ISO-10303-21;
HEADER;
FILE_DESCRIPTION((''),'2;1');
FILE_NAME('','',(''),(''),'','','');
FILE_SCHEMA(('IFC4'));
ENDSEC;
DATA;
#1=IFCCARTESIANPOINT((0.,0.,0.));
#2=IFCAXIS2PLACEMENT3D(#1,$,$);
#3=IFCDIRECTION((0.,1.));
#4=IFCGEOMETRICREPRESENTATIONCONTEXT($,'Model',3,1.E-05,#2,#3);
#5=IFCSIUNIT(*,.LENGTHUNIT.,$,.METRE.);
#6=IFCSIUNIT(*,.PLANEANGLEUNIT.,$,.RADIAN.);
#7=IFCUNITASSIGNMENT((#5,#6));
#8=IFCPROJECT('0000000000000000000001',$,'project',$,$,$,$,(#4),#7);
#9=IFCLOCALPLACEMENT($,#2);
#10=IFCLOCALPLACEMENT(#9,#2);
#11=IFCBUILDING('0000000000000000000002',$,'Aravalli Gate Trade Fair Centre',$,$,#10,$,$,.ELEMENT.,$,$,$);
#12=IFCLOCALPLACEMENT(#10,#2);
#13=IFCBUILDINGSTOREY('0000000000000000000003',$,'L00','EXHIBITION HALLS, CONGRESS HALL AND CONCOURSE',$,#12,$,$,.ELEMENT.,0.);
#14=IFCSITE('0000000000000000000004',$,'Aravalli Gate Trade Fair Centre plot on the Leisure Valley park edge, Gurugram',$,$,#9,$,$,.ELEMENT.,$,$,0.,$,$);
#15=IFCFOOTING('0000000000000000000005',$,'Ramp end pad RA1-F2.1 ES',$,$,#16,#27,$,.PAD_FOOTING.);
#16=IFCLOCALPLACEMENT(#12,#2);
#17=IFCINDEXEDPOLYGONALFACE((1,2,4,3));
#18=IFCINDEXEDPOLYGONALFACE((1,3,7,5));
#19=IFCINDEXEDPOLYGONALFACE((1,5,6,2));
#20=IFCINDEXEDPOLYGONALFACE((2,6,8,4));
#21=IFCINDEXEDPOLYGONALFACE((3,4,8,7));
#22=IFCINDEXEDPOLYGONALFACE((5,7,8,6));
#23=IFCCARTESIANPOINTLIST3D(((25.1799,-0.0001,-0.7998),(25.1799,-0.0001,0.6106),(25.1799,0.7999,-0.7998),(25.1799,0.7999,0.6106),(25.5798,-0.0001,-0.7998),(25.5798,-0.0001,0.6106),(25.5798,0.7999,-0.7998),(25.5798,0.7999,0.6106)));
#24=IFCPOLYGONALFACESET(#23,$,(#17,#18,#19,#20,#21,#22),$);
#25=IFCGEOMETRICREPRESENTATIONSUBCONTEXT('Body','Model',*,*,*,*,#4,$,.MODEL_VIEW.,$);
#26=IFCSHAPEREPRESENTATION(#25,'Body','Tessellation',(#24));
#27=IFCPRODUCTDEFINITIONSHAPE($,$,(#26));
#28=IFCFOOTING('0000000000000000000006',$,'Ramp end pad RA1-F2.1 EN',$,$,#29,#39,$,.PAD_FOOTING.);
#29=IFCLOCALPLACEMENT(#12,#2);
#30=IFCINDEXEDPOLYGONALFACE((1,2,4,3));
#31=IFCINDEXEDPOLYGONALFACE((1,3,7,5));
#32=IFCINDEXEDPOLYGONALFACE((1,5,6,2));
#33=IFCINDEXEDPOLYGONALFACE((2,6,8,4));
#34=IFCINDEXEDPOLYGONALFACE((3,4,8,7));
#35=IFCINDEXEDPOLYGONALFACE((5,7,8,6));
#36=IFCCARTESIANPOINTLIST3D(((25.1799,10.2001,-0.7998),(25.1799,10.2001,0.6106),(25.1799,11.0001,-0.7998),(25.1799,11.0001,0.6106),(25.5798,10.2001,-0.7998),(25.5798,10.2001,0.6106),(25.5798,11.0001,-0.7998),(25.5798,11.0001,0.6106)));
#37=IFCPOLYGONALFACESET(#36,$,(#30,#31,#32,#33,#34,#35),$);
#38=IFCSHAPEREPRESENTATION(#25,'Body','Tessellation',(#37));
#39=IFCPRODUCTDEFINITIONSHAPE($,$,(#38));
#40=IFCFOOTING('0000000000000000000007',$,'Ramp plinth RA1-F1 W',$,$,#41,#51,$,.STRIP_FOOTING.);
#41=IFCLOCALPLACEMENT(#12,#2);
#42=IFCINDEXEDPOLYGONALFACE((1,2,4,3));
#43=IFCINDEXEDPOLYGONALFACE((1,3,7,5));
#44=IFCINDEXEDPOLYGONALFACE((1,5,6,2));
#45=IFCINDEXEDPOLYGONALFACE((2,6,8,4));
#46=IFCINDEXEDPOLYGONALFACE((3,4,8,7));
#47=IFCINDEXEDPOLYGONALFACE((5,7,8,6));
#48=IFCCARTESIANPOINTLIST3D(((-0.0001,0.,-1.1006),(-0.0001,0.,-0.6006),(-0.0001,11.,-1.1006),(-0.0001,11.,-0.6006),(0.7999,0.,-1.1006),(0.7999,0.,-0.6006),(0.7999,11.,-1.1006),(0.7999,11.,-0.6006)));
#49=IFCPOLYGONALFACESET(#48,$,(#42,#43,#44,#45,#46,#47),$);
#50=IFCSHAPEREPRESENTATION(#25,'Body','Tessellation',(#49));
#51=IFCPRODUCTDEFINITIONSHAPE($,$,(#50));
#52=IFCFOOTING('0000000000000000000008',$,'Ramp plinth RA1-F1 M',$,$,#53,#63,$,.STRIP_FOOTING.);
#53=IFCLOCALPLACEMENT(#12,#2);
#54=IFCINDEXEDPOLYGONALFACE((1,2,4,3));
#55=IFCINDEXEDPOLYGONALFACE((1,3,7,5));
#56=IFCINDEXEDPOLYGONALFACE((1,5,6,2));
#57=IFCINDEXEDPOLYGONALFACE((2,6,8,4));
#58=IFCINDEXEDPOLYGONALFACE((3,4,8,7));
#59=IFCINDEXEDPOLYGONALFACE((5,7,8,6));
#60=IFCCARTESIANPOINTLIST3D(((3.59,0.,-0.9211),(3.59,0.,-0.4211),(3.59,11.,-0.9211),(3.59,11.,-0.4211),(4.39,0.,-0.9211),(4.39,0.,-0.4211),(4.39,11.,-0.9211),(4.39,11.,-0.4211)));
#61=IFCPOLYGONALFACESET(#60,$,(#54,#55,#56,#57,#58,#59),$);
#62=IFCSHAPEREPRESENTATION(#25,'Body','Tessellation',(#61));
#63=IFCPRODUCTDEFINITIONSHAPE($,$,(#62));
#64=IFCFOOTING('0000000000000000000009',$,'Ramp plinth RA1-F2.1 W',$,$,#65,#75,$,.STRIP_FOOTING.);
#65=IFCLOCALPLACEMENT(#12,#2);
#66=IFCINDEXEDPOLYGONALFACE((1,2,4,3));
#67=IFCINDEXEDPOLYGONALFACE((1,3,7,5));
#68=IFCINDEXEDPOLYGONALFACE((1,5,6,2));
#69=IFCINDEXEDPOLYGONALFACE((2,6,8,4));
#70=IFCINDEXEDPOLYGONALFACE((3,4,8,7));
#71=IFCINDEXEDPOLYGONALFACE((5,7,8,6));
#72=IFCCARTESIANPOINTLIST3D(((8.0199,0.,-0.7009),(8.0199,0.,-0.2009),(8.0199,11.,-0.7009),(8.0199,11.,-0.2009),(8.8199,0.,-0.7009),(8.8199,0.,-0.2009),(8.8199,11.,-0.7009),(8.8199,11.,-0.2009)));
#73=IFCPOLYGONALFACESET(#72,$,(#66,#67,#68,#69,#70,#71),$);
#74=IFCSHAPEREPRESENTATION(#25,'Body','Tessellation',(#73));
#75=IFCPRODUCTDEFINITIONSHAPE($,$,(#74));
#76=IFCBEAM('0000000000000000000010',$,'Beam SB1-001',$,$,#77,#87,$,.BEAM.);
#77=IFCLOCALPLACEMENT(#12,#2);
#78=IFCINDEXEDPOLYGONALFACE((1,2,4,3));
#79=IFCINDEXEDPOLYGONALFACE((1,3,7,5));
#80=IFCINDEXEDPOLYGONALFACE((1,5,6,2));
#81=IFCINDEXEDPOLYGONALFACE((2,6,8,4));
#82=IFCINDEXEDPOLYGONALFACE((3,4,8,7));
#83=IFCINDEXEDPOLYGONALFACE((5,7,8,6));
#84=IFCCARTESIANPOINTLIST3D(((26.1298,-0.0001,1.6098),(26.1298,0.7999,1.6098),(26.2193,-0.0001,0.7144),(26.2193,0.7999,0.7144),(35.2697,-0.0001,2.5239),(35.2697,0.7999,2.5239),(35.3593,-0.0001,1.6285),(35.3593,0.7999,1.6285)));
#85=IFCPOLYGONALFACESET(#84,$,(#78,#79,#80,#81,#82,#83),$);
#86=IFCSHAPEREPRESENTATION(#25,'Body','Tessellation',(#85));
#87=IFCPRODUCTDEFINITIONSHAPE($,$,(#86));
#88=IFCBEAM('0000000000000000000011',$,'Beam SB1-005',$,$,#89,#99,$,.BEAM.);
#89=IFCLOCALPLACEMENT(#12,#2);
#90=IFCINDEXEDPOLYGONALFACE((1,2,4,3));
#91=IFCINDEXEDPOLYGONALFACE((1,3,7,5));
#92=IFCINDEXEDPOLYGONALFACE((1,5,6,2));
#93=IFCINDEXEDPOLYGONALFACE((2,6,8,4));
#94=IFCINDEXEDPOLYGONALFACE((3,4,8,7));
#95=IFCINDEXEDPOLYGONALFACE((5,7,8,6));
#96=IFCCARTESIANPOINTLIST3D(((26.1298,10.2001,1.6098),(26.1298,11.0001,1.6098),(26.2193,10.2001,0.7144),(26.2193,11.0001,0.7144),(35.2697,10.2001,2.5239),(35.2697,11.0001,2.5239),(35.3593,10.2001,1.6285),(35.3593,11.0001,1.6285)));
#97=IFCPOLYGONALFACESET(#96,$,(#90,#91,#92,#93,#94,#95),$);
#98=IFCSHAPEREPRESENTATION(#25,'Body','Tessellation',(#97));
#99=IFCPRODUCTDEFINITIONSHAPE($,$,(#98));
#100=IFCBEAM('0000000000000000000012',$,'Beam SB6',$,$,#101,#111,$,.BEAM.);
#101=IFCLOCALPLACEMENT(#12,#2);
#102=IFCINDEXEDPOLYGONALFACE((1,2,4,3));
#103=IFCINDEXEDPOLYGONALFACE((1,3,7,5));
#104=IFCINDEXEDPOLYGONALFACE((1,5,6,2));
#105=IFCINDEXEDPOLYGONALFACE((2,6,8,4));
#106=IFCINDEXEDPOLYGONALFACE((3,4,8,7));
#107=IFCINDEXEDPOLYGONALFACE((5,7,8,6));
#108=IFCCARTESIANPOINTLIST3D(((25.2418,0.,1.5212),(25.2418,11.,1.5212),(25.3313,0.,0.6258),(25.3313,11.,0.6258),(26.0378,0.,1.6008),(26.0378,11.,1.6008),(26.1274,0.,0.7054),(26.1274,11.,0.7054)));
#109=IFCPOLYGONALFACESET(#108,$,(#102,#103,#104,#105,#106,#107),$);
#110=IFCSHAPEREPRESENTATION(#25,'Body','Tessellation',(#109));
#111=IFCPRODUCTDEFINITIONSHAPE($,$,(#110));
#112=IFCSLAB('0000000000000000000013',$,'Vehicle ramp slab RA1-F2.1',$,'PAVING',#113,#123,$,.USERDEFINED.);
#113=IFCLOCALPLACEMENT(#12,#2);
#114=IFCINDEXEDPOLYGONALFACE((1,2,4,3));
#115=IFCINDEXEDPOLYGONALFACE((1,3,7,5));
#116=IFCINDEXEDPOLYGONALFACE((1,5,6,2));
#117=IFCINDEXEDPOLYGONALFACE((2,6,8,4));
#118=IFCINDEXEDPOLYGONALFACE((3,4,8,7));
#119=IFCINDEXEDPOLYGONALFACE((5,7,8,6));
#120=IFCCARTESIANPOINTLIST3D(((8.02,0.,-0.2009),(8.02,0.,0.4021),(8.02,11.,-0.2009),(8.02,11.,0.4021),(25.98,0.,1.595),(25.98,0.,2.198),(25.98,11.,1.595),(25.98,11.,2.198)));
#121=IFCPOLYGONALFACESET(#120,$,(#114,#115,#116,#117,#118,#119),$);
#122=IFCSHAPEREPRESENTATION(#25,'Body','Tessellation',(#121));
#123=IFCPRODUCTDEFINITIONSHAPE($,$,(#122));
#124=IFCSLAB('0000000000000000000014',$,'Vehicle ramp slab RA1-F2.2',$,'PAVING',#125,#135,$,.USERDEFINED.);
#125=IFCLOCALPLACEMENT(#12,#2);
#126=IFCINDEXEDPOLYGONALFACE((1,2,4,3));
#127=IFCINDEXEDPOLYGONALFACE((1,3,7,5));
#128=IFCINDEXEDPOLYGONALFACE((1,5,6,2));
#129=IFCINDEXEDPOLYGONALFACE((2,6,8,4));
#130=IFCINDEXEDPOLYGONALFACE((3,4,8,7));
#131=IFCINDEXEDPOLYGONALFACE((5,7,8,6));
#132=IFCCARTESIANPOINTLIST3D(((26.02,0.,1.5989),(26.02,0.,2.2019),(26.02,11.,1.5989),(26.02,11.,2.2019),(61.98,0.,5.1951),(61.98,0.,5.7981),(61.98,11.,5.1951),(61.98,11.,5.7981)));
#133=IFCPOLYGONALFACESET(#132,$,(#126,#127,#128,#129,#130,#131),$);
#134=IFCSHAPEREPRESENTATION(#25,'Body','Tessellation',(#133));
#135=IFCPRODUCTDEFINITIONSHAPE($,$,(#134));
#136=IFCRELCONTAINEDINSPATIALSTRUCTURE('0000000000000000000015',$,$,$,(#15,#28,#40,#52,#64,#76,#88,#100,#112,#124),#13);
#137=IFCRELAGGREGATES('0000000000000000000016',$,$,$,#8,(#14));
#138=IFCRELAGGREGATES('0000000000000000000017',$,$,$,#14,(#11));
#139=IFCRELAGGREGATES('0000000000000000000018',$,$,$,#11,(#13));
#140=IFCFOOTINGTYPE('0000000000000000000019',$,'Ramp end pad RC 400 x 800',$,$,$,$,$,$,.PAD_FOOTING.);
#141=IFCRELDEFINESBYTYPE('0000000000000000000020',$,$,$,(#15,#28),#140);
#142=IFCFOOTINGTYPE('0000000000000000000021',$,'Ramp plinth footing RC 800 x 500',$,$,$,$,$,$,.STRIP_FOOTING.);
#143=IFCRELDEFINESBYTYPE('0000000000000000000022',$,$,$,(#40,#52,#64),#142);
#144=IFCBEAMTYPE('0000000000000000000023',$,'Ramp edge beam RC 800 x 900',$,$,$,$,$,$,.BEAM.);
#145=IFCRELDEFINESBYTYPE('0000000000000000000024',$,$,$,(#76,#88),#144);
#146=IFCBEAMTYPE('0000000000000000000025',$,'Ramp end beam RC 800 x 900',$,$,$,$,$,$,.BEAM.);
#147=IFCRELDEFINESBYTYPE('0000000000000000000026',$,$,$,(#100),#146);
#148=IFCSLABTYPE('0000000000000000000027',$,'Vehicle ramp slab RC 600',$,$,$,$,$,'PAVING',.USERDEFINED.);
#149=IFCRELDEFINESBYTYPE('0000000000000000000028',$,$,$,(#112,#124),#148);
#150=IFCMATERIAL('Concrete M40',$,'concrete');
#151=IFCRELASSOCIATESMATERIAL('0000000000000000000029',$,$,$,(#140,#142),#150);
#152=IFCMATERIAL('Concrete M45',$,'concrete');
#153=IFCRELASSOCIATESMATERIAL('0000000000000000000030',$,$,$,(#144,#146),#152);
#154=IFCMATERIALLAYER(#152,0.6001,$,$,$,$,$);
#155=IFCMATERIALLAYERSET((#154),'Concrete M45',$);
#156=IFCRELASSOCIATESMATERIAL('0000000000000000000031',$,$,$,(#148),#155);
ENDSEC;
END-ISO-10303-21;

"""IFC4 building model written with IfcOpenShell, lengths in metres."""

from ifc_helpers import new_model, si_unit, direction, frame, origin, origin_2d, place, context, subcontext, project, spatial, polyline, rectangle, outline, extrude, material, layer, layer_set, material_profile, profile_set, type_object, element, save


model = new_model("IFC4")

# Units and contexts
model_context = context("Model", 3, precision=1e-05, world=origin(), true_north=direction((0.0, 1.0)))
body_context = subcontext(model_context, "Body", "Model", "MODEL_VIEW")
ifc_project = project(units=[si_unit("LENGTHUNIT", "METRE"), si_unit("PLANEANGLEUNIT", "RADIAN")], contexts=[model_context])

# Site, building, storey
site_placement = place(None, origin())
site = spatial("IfcSite", under=ifc_project, at=site_placement, Name="Aravalli Gate Trade Fair Centre plot on the Leisure Valley park edge, Gurugram", CompositionType="ELEMENT", RefElevation=0.0)
building_placement = place(site_placement, origin())
building = spatial("IfcBuilding", under=site, at=building_placement, Name="Aravalli Gate Trade Fair Centre", CompositionType="ELEMENT")
storey_placement = place(building_placement, origin())
storey = spatial("IfcBuildingStorey", under=building, at=storey_placement, Name="L00", Description="EXHIBITION HALLS, CONGRESS HALL AND CONCOURSE", CompositionType="ELEMENT", Elevation=0.0)

# Footings
ifc_material_1 = material(Name="Concrete M40", Category="concrete")
footing_type_1 = type_object("IfcFootingType", Name="Ramp end pad RC 400 x 800", PredefinedType="PAD_FOOTING", material=ifc_material_1)
for number, where, z_axis, x_axis, name in (
    (1, (25.3799, 0.3999, -0.7998), (0.0, 0.0, 1.0), (1.0, 0.0, 0.0), "Ramp end pad RA1-F2.1 ES"),
    (2, (25.3799, 10.6001, -0.7998), (0.0, 0.0, 1.0), (1.0, 0.0, 0.0), "Ramp end pad RA1-F2.1 EN"),
):
    element("IfcFooting", number, at=place(storey_placement, frame(where, z_axis=z_axis, x_axis=x_axis)), inside=storey, type_object=footing_type_1, Name=name, PredefinedType="PAD_FOOTING", context=body_context, shape_type="SweptSolid", body=[
        extrude(rectangle(XDim=0.3999, YDim=0.8, at=origin_2d()), origin(), (0.0, 0.0, 1.0), 1.4104),
    ])
footing_type_2 = type_object("IfcFootingType", Name="Ramp plinth footing RC 800 x 500", PredefinedType="STRIP_FOOTING", material=ifc_material_1)
for number, where, z_axis, x_axis, name in (
    (3, (0.3999, 5.5, -1.1006), (0.0, 0.0, 1.0), (1.0, 0.0, 0.0), "Ramp plinth RA1-F1 W"),
    (4, (3.99, 5.5, -0.9211), (0.0, 0.0, 1.0), (1.0, 0.0, 0.0), "Ramp plinth RA1-F1 M"),
    (5, (8.4199, 5.5, -0.7009), (0.0, 0.0, 1.0), (1.0, 0.0, 0.0), "Ramp plinth RA1-F2.1 W"),
):
    element("IfcFooting", number, at=place(storey_placement, frame(where, z_axis=z_axis, x_axis=x_axis)), inside=storey, type_object=footing_type_2, Name=name, PredefinedType="STRIP_FOOTING", context=body_context, shape_type="SweptSolid", body=[
        extrude(rectangle(XDim=0.8, YDim=11.0, at=origin_2d()), origin(), (0.0, 0.0, 1.0), 0.5),
    ])

# Beams
ifc_material_2 = material(Name="Concrete M45", Category="concrete")
ifc_material_profile_1 = material_profile(ifc_material_2, rectangle(XDim=0.8, YDim=0.8999, at=origin_2d()), Name="Ramp edge beam RC 800 x 900")
ifc_profile_set_1 = profile_set([ifc_material_profile_1], Name="Concrete M45")
beam_type_1 = type_object("IfcBeamType", Name="Ramp edge beam RC 800 x 900", PredefinedType="BEAM", material=ifc_profile_set_1)
for number, where, z_axis, x_axis, name in (
    (6, (26.1746, 0.3999, 1.1621), (0.995036, 0.0, 0.099512), (0.0, 1.0, 0.0), "Beam SB1-001"),
    (7, (26.1746, 10.6001, 1.1621), (0.995036, 0.0, 0.099512), (0.0, 1.0, 0.0), "Beam SB1-005"),
):
    element("IfcBeam", number, at=place(storey_placement, frame(where, z_axis=z_axis, x_axis=x_axis)), inside=storey, type_object=beam_type_1, Name=name, PredefinedType="BEAM", context=body_context, shape_type="SweptSolid", body=[
        extrude(rectangle(XDim=0.8, YDim=0.8999, at=origin_2d()), origin(), (0.0, 0.0, 1.0), 9.1855),
    ])
ifc_material_profile_2 = material_profile(ifc_material_2, rectangle(XDim=0.8, YDim=0.8999, at=origin_2d()), Name="Ramp end beam RC 800 x 900")
ifc_profile_set_2 = profile_set([ifc_material_profile_2], Name="Concrete M45")
beam_type_2 = type_object("IfcBeamType", Name="Ramp end beam RC 800 x 900", PredefinedType="BEAM", material=ifc_profile_set_2)
beam_placement = place(storey_placement, frame((25.6846, 0.0, 1.1133), z_axis=(0.0, 1.0, 0.0), x_axis=(-0.995037, 0.0, -0.099504)))
element("IfcBeam", 8, at=beam_placement, inside=storey, type_object=beam_type_2, Name="Beam SB6", PredefinedType="BEAM", context=body_context, shape_type="SweptSolid", body=[
    extrude(rectangle(XDim=0.8, YDim=0.8999, at=origin_2d()), origin(), (0.0, 0.0, 1.0), 11.0),
])

# Slabs
ifc_layer_1 = layer(ifc_material_2, 0.6001)
ifc_layer_set_1 = layer_set([ifc_layer_1], Name="Concrete M45")
slab_type = type_object("IfcSlabType", Name="Vehicle ramp slab RC 600", ElementType="PAVING", PredefinedType="USERDEFINED", material=ifc_layer_set_1)
slab_1_placement = place(storey_placement, frame((8.02, 0.0, 0.0), z_axis=(0.0, 0.0, 1.0), x_axis=(1.0, 0.0, 0.0)))
element("IfcSlab", 9, at=slab_1_placement, inside=storey, type_object=slab_type, Name="Vehicle ramp slab RA1-F2.1", ObjectType="PAVING", PredefinedType="USERDEFINED", context=body_context, shape_type="SweptSolid", body=[
    extrude(outline(polyline([(0.0, 0.4021), (17.96, 2.198), (17.96, 1.595), (0.0, -0.2009), (0.0, 0.4021)])), frame((0.0, 11.0, 0.0), z_axis=(0.0, -1.0, 0.0), x_axis=(1.0, 0.0, 0.0)), (0.0, 0.0, 1.0), 11.0),
])
slab_2_placement = place(storey_placement, frame((26.02, 0.0, 0.0), z_axis=(0.0, 0.0, 1.0), x_axis=(1.0, 0.0, 0.0)))
element("IfcSlab", 10, at=slab_2_placement, inside=storey, type_object=slab_type, Name="Vehicle ramp slab RA1-F2.2", ObjectType="PAVING", PredefinedType="USERDEFINED", context=body_context, shape_type="SweptSolid", body=[
    extrude(outline(polyline([(0.0, 2.2019), (35.96, 5.7981), (35.96, 5.1951), (0.0, 1.5989), (0.0, 2.2019)])), frame((0.0, 11.0, 0.0), z_axis=(0.0, -1.0, 0.0), x_axis=(1.0, 0.0, 0.0)), (0.0, 0.0, 1.0), 11.0),
])

save(model, "model.ifc")
